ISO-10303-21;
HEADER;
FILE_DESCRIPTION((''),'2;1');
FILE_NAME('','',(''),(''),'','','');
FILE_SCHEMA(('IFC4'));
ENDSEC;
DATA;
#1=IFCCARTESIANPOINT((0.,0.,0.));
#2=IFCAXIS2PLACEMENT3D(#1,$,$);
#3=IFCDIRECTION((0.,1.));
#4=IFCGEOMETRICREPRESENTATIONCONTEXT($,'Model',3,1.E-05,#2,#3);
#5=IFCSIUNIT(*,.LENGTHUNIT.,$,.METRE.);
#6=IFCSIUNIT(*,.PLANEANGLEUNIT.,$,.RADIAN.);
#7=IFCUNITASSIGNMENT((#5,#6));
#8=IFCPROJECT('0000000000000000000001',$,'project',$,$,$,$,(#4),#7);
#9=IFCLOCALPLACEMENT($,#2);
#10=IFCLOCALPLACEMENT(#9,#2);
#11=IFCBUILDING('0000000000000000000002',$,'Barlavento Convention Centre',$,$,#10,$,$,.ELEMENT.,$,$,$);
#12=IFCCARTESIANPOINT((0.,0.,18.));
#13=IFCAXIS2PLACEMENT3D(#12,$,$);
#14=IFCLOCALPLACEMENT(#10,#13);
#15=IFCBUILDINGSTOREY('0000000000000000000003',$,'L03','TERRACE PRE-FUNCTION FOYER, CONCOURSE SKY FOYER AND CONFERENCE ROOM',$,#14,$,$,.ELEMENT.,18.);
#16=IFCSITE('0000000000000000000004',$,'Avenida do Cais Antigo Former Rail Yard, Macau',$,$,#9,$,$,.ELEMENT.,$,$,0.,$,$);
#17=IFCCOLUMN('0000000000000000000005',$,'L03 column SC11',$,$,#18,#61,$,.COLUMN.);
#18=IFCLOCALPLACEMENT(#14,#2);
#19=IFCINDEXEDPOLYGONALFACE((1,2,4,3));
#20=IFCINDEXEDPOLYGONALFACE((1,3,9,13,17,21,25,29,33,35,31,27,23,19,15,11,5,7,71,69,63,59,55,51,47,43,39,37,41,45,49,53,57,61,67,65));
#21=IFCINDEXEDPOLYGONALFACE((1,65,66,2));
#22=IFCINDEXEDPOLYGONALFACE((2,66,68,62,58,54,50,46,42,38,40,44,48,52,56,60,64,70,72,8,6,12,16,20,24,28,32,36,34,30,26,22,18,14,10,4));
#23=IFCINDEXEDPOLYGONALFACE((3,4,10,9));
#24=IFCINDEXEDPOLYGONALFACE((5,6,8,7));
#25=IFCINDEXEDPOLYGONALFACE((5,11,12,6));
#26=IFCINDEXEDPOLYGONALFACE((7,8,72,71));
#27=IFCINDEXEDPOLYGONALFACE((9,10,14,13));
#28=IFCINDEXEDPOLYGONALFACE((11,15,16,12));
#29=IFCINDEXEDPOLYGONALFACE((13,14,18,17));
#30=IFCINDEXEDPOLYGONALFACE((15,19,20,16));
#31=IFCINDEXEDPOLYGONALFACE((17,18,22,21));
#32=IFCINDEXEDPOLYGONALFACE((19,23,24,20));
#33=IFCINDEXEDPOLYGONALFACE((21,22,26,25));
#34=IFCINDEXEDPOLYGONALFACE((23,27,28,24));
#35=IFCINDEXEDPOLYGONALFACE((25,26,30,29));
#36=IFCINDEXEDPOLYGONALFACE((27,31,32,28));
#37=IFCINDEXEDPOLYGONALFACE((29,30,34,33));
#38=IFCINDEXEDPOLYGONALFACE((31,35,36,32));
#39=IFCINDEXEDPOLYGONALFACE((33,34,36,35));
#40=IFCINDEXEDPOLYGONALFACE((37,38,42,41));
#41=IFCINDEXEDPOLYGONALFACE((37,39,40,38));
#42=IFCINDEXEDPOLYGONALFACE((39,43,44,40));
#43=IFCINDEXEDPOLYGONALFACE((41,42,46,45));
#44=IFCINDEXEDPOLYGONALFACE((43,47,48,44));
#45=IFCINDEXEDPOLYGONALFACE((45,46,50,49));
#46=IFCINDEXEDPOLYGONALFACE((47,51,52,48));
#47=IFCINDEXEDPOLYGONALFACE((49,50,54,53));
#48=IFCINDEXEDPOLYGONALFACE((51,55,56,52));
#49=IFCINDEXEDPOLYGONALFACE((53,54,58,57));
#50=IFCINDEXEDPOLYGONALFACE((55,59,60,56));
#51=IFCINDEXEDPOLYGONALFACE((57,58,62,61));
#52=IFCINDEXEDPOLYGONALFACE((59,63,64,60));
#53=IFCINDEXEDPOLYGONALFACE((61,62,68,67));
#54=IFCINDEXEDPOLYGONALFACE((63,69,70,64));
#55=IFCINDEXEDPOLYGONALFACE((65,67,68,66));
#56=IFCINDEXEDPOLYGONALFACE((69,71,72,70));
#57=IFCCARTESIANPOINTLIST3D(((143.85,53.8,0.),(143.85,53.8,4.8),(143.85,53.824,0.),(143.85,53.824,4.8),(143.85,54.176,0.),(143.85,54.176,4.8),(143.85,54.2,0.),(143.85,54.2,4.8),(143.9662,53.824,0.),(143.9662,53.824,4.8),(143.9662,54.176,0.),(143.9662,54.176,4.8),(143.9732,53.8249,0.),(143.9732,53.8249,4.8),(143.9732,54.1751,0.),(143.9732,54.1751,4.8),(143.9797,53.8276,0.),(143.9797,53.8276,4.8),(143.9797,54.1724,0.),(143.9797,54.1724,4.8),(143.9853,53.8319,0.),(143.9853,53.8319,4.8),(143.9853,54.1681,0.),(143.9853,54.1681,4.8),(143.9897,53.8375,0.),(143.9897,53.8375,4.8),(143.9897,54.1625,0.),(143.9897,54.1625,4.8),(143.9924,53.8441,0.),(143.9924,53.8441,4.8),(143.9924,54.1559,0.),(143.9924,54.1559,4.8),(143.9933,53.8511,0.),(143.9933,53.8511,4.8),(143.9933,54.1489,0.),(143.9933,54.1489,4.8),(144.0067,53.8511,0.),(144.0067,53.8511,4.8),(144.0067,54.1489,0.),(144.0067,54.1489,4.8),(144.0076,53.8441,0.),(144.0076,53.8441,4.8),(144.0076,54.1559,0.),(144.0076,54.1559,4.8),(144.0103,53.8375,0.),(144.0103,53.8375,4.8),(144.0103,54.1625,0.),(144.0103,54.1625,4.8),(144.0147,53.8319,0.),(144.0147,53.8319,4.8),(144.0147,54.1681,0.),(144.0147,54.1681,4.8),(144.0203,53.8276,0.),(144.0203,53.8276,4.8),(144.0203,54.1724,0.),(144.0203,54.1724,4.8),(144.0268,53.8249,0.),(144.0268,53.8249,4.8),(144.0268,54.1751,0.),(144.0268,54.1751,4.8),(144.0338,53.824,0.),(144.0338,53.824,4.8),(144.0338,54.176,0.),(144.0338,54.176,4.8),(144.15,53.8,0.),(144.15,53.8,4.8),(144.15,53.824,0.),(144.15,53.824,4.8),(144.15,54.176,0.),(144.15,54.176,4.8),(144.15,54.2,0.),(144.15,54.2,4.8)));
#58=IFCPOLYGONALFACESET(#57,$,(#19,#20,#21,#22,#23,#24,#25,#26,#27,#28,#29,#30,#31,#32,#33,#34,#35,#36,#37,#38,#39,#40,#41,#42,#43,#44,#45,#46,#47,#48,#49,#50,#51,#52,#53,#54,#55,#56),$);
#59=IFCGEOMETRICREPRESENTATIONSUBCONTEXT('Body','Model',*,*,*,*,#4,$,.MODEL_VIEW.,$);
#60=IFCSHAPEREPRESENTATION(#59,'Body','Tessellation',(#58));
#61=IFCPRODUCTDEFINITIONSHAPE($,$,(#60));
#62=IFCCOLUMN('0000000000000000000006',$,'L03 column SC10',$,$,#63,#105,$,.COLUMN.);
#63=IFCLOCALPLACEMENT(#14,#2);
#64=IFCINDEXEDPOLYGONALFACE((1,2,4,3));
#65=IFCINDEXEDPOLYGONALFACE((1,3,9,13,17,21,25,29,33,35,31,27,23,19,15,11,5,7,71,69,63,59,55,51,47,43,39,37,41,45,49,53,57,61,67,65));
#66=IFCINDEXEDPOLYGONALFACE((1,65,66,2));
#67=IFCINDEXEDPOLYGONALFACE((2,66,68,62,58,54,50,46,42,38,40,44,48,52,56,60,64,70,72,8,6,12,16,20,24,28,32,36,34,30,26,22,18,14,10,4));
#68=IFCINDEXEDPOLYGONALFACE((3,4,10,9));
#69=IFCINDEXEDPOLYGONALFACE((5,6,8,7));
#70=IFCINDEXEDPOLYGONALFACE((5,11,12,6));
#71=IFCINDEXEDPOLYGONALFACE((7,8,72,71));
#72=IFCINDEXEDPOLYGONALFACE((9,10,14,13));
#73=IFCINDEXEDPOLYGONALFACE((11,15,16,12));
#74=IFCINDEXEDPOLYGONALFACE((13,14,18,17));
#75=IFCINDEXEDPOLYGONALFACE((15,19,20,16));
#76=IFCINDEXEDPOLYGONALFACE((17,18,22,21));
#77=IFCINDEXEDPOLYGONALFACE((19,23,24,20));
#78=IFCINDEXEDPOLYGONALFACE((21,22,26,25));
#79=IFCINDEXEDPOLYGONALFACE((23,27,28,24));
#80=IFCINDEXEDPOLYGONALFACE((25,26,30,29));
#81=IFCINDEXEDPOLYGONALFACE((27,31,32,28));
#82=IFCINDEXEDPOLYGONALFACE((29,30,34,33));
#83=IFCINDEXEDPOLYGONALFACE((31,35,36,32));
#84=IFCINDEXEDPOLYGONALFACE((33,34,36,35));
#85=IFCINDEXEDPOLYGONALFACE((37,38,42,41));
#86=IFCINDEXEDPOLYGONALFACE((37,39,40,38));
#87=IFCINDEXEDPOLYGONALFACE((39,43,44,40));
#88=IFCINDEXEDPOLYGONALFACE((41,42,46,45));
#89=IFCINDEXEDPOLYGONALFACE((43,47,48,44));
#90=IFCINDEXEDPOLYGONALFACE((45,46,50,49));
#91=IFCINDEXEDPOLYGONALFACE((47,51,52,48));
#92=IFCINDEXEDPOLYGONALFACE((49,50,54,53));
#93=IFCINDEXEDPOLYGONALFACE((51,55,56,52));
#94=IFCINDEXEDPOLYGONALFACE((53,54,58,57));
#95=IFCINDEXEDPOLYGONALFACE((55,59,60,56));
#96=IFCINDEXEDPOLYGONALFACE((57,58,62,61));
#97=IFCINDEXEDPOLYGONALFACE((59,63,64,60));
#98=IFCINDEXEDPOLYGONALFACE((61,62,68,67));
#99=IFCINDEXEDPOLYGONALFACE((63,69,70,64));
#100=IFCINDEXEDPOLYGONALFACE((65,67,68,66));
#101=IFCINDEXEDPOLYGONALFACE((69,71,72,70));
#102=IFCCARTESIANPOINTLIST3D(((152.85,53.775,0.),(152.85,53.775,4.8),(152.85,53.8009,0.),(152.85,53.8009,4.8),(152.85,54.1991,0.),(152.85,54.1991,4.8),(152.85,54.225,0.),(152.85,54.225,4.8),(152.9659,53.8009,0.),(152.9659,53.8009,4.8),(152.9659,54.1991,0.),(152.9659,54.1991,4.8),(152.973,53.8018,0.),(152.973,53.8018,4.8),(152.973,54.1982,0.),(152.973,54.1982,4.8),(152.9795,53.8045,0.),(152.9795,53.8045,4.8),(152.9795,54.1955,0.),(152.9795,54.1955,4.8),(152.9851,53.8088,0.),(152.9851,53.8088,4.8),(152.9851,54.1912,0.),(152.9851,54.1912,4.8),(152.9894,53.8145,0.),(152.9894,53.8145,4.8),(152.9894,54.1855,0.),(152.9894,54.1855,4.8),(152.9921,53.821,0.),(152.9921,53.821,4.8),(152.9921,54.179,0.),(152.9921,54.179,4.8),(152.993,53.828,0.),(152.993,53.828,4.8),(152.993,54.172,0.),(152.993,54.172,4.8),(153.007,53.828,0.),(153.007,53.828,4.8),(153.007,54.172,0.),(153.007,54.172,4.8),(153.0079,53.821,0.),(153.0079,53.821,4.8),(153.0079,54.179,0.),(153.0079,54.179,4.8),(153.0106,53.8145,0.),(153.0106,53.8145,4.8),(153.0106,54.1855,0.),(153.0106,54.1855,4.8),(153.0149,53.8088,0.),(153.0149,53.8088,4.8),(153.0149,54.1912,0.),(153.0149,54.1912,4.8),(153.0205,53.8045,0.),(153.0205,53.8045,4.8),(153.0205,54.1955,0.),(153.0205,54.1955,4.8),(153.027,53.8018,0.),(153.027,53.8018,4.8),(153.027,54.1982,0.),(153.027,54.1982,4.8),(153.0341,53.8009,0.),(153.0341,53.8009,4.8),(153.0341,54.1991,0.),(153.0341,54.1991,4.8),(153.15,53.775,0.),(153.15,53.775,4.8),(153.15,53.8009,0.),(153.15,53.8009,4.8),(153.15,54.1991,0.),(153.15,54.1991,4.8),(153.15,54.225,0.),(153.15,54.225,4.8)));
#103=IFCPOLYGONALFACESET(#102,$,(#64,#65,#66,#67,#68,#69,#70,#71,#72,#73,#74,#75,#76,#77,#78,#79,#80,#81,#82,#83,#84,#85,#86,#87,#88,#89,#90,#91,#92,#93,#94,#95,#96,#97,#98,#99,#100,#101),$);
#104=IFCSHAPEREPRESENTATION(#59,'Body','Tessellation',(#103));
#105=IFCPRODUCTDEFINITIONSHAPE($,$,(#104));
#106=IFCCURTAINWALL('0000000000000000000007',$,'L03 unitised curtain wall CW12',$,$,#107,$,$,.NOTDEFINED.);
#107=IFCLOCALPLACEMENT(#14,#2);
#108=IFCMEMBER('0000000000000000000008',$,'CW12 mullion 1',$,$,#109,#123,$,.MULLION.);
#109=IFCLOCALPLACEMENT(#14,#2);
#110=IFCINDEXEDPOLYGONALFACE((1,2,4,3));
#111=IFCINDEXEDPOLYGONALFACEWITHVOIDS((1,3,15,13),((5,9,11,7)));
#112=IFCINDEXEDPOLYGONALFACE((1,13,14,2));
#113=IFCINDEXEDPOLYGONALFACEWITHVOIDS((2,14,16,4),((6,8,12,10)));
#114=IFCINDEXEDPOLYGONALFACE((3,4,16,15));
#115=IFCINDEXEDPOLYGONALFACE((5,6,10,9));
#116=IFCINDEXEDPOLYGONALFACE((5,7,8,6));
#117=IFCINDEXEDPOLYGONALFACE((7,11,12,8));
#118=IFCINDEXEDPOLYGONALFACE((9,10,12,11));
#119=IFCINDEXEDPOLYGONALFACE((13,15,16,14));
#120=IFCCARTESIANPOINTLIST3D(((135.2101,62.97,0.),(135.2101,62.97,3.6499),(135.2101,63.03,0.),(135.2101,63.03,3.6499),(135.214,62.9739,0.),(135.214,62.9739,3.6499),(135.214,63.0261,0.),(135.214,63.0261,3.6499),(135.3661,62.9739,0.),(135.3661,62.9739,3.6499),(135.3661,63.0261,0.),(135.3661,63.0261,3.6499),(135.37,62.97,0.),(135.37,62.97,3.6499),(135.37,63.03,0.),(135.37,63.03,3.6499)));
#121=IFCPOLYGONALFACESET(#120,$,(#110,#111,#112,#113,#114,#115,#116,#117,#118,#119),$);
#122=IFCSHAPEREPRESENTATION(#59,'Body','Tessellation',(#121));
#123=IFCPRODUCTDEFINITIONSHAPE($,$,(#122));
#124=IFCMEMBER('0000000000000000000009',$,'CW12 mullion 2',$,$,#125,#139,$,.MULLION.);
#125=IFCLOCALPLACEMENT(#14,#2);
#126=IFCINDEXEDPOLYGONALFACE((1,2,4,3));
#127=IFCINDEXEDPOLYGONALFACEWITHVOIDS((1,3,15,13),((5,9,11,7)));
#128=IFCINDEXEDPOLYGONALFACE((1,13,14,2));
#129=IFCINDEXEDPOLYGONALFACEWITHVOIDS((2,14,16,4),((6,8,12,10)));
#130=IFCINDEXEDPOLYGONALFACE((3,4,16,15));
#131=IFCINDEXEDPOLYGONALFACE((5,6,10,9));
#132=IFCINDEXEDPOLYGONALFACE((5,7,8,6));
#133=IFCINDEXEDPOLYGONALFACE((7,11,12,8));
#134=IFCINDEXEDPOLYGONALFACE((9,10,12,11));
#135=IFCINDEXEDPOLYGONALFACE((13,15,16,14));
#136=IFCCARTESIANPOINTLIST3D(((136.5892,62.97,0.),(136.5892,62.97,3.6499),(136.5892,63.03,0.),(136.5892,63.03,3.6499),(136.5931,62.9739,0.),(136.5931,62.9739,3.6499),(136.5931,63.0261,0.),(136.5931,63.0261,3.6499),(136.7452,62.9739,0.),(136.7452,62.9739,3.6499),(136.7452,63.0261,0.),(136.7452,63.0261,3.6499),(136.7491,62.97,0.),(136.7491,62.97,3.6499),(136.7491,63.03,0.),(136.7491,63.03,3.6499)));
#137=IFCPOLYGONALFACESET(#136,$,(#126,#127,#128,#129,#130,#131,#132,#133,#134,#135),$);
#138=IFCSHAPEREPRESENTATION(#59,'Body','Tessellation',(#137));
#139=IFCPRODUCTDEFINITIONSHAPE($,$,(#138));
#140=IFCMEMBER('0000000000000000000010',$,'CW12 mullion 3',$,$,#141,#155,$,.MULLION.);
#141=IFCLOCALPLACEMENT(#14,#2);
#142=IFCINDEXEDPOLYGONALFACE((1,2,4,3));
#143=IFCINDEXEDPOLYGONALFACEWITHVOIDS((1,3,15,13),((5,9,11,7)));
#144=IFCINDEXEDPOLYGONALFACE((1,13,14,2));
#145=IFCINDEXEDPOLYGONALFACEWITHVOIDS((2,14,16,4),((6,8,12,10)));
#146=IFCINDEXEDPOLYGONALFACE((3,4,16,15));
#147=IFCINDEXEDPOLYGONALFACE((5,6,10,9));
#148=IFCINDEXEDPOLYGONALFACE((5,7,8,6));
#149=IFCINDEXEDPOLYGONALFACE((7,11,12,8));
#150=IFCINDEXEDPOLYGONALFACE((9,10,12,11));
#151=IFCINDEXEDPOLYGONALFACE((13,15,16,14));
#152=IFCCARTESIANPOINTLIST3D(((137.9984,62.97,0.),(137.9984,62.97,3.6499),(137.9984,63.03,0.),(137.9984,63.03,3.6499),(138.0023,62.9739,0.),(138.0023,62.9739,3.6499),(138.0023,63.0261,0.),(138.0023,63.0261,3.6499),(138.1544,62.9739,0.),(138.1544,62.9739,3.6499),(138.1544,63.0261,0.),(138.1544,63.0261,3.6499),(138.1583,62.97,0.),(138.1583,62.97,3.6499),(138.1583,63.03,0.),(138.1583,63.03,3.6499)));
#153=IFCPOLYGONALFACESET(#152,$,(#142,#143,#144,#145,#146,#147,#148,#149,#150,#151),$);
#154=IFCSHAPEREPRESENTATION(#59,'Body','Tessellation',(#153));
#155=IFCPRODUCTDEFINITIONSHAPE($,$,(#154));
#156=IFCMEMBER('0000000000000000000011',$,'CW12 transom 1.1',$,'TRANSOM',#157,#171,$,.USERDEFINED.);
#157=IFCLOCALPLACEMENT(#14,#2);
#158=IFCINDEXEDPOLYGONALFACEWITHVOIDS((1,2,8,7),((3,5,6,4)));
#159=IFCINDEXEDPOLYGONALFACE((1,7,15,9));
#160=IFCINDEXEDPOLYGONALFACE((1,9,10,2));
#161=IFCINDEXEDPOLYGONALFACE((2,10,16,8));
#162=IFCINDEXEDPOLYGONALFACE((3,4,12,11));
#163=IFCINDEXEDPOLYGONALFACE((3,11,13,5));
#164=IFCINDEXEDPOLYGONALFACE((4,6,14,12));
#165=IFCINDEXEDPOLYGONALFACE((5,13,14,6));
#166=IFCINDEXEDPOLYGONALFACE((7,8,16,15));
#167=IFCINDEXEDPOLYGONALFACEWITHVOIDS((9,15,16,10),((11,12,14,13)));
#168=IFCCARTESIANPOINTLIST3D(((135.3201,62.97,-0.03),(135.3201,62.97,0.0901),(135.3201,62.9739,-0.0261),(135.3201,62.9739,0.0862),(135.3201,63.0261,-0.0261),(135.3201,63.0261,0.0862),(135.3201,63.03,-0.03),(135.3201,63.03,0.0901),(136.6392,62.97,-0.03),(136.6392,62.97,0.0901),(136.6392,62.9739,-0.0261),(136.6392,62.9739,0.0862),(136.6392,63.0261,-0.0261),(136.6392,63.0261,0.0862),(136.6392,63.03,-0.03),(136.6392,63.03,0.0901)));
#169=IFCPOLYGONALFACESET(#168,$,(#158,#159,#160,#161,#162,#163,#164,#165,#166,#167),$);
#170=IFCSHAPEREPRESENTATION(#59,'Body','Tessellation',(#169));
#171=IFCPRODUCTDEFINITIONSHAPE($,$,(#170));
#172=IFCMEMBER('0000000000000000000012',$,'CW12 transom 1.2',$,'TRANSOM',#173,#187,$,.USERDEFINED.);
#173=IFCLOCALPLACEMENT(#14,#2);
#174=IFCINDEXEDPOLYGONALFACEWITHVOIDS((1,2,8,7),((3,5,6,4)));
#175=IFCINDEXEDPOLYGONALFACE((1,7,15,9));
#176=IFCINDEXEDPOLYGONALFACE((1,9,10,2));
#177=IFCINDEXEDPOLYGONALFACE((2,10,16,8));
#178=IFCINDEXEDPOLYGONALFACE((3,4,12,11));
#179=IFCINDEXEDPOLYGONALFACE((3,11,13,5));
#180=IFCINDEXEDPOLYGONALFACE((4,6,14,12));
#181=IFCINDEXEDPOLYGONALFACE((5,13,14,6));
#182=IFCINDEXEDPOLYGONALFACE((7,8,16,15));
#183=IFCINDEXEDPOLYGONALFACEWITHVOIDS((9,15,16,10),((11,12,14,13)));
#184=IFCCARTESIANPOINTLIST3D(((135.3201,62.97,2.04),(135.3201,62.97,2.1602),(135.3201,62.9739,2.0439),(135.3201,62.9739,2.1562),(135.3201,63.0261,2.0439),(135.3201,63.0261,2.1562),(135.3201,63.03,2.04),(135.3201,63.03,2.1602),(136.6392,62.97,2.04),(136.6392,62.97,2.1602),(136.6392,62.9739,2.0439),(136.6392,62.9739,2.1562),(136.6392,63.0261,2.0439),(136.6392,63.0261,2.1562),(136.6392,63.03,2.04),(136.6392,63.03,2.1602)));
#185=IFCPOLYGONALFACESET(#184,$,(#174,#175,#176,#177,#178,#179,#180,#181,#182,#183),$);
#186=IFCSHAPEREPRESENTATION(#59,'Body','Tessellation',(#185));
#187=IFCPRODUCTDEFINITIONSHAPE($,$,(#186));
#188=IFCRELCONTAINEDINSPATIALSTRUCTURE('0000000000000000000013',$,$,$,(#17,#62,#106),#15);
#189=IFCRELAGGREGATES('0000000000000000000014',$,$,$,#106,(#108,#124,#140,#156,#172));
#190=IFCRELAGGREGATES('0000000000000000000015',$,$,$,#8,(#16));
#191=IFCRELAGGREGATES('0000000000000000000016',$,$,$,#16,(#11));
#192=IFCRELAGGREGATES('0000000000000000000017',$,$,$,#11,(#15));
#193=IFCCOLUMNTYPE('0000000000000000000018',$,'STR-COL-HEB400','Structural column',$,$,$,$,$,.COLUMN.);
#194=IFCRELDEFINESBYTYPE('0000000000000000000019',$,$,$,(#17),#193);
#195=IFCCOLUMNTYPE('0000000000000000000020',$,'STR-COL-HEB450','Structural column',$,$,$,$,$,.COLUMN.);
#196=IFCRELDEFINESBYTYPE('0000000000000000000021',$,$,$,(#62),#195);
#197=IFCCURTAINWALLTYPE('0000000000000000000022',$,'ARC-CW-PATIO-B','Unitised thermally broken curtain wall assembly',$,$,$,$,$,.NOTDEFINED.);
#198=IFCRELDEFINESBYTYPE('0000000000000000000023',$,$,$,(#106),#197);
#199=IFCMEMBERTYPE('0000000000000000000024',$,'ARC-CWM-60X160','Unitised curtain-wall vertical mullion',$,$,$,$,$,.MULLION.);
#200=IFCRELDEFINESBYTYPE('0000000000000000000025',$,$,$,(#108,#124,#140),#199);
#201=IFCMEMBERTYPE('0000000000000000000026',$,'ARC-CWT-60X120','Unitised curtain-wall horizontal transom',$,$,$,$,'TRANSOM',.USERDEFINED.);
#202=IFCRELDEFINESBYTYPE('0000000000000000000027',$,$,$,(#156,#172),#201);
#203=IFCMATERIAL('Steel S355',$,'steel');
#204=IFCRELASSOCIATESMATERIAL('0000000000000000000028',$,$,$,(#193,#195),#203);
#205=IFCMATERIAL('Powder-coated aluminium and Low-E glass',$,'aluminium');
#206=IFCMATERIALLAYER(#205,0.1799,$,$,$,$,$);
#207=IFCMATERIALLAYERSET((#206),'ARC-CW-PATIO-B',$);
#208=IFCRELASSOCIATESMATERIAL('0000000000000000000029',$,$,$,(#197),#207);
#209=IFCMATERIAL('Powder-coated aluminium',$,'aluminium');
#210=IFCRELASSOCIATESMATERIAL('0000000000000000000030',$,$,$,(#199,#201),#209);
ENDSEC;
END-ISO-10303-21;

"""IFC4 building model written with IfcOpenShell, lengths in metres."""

from ifc_helpers import new_model, si_unit, direction, frame, origin, origin_2d, place, context, subcontext, project, spatial, hollow_rectangle, i_section, extrude, material, layer, layer_set, material_profile, profile_set, type_object, element, aggregate, save


model = new_model("IFC4")

# Units and contexts
model_context = context("Model", 3, precision=1e-05, world=origin(), true_north=direction((0.0, 1.0)))
body_context = subcontext(model_context, "Body", "Model", "MODEL_VIEW")
ifc_project = project(units=[si_unit("LENGTHUNIT", "METRE"), si_unit("PLANEANGLEUNIT", "RADIAN")], contexts=[model_context])

# Site, building, storey
site_placement = place(None, origin())
site = spatial("IfcSite", under=ifc_project, at=site_placement, Name="Avenida do Cais Antigo Former Rail Yard, Macau", CompositionType="ELEMENT", RefElevation=0.0)
building_placement = place(site_placement, origin())
building = spatial("IfcBuilding", under=site, at=building_placement, Name="Barlavento Convention Centre", CompositionType="ELEMENT")
storey_placement = place(building_placement, frame((0.0, 0.0, 18.0)))
storey = spatial("IfcBuildingStorey", under=building, at=storey_placement, Name="L03", Description="TERRACE PRE-FUNCTION FOYER, CONCOURSE SKY FOYER AND CONFERENCE ROOM", CompositionType="ELEMENT", Elevation=18.0)

# Columns
ifc_material_1 = material(Name="Steel S355", Category="steel")
ifc_material_profile_1 = material_profile(ifc_material_1, i_section(OverallWidth=0.3, OverallDepth=0.3999, WebThickness=0.0134, FlangeThickness=0.0239, FilletRadius=0.0271, at=origin_2d()), Name="HEB 400")
ifc_profile_set_1 = profile_set([ifc_material_profile_1], Name="Steel S355")
column_type_1 = type_object("IfcColumnType", Name="STR-COL-HEB400", Description="Structural column", PredefinedType="COLUMN", material=ifc_profile_set_1)
column_1_placement = place(storey_placement, frame((144.0, 54.0, 0.0), z_axis=(0.0, 0.0, 1.0), x_axis=(1.0, 0.0, 0.0)))
element("IfcColumn", 1, at=column_1_placement, inside=storey, type_object=column_type_1, Name="L03 column SC11", PredefinedType="COLUMN", context=body_context, shape_type="SweptSolid", body=[
    extrude(i_section(OverallWidth=0.3, OverallDepth=0.3999, WebThickness=0.0134, FlangeThickness=0.0239, FilletRadius=0.0271, at=origin_2d()), origin(), (0.0, 0.0, 1.0), 4.8),
])
ifc_material_profile_2 = material_profile(ifc_material_1, i_section(OverallWidth=0.3, OverallDepth=0.45, WebThickness=0.0139, FlangeThickness=0.0259, FilletRadius=0.0271, at=origin_2d()), Name="HEB 450")
ifc_profile_set_2 = profile_set([ifc_material_profile_2], Name="Steel S355")
column_type_2 = type_object("IfcColumnType", Name="STR-COL-HEB450", Description="Structural column", PredefinedType="COLUMN", material=ifc_profile_set_2)
column_2_placement = place(storey_placement, frame((153.0, 54.0, 0.0), z_axis=(0.0, 0.0, 1.0), x_axis=(1.0, 0.0, 0.0)))
element("IfcColumn", 2, at=column_2_placement, inside=storey, type_object=column_type_2, Name="L03 column SC10", PredefinedType="COLUMN", context=body_context, shape_type="SweptSolid", body=[
    extrude(i_section(OverallWidth=0.3, OverallDepth=0.45, WebThickness=0.0139, FlangeThickness=0.0259, FilletRadius=0.0271, at=origin_2d()), origin(), (0.0, 0.0, 1.0), 4.8),
])

# Curtain wall, members
ifc_material_2 = material(Name="Powder-coated aluminium and Low-E glass", Category="aluminium")
ifc_layer_1 = layer(ifc_material_2, 0.1799)
ifc_layer_set_1 = layer_set([ifc_layer_1], Name="ARC-CW-PATIO-B")
curtain_wall_type = type_object("IfcCurtainWallType", Name="ARC-CW-PATIO-B", Description="Unitised thermally broken curtain wall assembly", PredefinedType="NOTDEFINED", material=ifc_layer_set_1)
curtain_wall_placement = place(storey_placement, origin())
curtain_wall = element("IfcCurtainWall", 3, at=curtain_wall_placement, inside=storey, type_object=curtain_wall_type, Name="L03 unitised curtain wall CW12", PredefinedType="NOTDEFINED")
ifc_material_3 = material(Name="Powder-coated aluminium", Category="aluminium")
ifc_material_profile_3 = material_profile(ifc_material_3, hollow_rectangle(XDim=0.0601, YDim=0.1599, WallThickness=0.0039, at=origin_2d()), Name="AL-MULL 60x160x4")
ifc_profile_set_3 = profile_set([ifc_material_profile_3], Name="Powder-coated aluminium")
member_type_1 = type_object("IfcMemberType", Name="ARC-CWM-60X160", Description="Unitised curtain-wall vertical mullion", PredefinedType="MULLION", material=ifc_profile_set_3)
member_1_placement = place(storey_placement, frame((135.29, 63.0, 0.0), z_axis=(0.0, 0.0, 1.0), x_axis=(0.0, 1.0, 0.0)))
member_1 = element("IfcMember", 4, at=member_1_placement, type_object=member_type_1, Name="CW12 mullion 1", PredefinedType="MULLION", context=body_context, shape_type="SweptSolid", body=[
    extrude(hollow_rectangle(XDim=0.0601, YDim=0.1599, WallThickness=0.0039, at=origin_2d()), origin(), (0.0, 0.0, 1.0), 3.6499),
])
member_2_placement = place(storey_placement, frame((136.6692, 63.0, 0.0), z_axis=(0.0, 0.0, 1.0), x_axis=(0.0, 1.0, 0.0)))
member_2 = element("IfcMember", 5, at=member_2_placement, type_object=member_type_1, Name="CW12 mullion 2", PredefinedType="MULLION", context=body_context, shape_type="SweptSolid", body=[
    extrude(hollow_rectangle(XDim=0.0601, YDim=0.1599, WallThickness=0.0039, at=origin_2d()), origin(), (0.0, 0.0, 1.0), 3.6499),
])
member_3_placement = place(storey_placement, frame((138.0784, 63.0, 0.0), z_axis=(0.0, 0.0, 1.0), x_axis=(0.0, 1.0, 0.0)))
member_3 = element("IfcMember", 6, at=member_3_placement, type_object=member_type_1, Name="CW12 mullion 3", PredefinedType="MULLION", context=body_context, shape_type="SweptSolid", body=[
    extrude(hollow_rectangle(XDim=0.0601, YDim=0.1599, WallThickness=0.0039, at=origin_2d()), origin(), (0.0, 0.0, 1.0), 3.6499),
])
ifc_material_profile_4 = material_profile(ifc_material_3, hollow_rectangle(XDim=0.0601, YDim=0.1201, WallThickness=0.0039, at=origin_2d()), Name="AL-TRAN 60x120x4")
ifc_profile_set_4 = profile_set([ifc_material_profile_4], Name="Powder-coated aluminium")
member_type_2 = type_object("IfcMemberType", Name="ARC-CWT-60X120", Description="Unitised curtain-wall horizontal transom", ElementType="TRANSOM", PredefinedType="USERDEFINED", material=ifc_profile_set_4)
member_4_placement = place(storey_placement, frame((135.3201, 63.0, 0.03), z_axis=(1.0, 0.0, 0.0), x_axis=(0.0, 1.0, 0.0)))
member_4 = element("IfcMember", 7, at=member_4_placement, type_object=member_type_2, Name="CW12 transom 1.1", ObjectType="TRANSOM", PredefinedType="USERDEFINED", context=body_context, shape_type="SweptSolid", body=[
    extrude(hollow_rectangle(XDim=0.0601, YDim=0.1201, WallThickness=0.0039, at=origin_2d()), origin(), (0.0, 0.0, 1.0), 1.3191),
])
member_5_placement = place(storey_placement, frame((135.3201, 63.0, 2.1001), z_axis=(1.0, 0.0, 0.0), x_axis=(0.0, 1.0, 0.0)))
member_5 = element("IfcMember", 8, at=member_5_placement, type_object=member_type_2, Name="CW12 transom 1.2", ObjectType="TRANSOM", PredefinedType="USERDEFINED", context=body_context, shape_type="SweptSolid", body=[
    extrude(hollow_rectangle(XDim=0.0601, YDim=0.1201, WallThickness=0.0039, at=origin_2d()), origin(), (0.0, 0.0, 1.0), 1.3191),
])

aggregate(curtain_wall, [member_1, member_2, member_3, member_4, member_5])

save(model, "model.ifc")
